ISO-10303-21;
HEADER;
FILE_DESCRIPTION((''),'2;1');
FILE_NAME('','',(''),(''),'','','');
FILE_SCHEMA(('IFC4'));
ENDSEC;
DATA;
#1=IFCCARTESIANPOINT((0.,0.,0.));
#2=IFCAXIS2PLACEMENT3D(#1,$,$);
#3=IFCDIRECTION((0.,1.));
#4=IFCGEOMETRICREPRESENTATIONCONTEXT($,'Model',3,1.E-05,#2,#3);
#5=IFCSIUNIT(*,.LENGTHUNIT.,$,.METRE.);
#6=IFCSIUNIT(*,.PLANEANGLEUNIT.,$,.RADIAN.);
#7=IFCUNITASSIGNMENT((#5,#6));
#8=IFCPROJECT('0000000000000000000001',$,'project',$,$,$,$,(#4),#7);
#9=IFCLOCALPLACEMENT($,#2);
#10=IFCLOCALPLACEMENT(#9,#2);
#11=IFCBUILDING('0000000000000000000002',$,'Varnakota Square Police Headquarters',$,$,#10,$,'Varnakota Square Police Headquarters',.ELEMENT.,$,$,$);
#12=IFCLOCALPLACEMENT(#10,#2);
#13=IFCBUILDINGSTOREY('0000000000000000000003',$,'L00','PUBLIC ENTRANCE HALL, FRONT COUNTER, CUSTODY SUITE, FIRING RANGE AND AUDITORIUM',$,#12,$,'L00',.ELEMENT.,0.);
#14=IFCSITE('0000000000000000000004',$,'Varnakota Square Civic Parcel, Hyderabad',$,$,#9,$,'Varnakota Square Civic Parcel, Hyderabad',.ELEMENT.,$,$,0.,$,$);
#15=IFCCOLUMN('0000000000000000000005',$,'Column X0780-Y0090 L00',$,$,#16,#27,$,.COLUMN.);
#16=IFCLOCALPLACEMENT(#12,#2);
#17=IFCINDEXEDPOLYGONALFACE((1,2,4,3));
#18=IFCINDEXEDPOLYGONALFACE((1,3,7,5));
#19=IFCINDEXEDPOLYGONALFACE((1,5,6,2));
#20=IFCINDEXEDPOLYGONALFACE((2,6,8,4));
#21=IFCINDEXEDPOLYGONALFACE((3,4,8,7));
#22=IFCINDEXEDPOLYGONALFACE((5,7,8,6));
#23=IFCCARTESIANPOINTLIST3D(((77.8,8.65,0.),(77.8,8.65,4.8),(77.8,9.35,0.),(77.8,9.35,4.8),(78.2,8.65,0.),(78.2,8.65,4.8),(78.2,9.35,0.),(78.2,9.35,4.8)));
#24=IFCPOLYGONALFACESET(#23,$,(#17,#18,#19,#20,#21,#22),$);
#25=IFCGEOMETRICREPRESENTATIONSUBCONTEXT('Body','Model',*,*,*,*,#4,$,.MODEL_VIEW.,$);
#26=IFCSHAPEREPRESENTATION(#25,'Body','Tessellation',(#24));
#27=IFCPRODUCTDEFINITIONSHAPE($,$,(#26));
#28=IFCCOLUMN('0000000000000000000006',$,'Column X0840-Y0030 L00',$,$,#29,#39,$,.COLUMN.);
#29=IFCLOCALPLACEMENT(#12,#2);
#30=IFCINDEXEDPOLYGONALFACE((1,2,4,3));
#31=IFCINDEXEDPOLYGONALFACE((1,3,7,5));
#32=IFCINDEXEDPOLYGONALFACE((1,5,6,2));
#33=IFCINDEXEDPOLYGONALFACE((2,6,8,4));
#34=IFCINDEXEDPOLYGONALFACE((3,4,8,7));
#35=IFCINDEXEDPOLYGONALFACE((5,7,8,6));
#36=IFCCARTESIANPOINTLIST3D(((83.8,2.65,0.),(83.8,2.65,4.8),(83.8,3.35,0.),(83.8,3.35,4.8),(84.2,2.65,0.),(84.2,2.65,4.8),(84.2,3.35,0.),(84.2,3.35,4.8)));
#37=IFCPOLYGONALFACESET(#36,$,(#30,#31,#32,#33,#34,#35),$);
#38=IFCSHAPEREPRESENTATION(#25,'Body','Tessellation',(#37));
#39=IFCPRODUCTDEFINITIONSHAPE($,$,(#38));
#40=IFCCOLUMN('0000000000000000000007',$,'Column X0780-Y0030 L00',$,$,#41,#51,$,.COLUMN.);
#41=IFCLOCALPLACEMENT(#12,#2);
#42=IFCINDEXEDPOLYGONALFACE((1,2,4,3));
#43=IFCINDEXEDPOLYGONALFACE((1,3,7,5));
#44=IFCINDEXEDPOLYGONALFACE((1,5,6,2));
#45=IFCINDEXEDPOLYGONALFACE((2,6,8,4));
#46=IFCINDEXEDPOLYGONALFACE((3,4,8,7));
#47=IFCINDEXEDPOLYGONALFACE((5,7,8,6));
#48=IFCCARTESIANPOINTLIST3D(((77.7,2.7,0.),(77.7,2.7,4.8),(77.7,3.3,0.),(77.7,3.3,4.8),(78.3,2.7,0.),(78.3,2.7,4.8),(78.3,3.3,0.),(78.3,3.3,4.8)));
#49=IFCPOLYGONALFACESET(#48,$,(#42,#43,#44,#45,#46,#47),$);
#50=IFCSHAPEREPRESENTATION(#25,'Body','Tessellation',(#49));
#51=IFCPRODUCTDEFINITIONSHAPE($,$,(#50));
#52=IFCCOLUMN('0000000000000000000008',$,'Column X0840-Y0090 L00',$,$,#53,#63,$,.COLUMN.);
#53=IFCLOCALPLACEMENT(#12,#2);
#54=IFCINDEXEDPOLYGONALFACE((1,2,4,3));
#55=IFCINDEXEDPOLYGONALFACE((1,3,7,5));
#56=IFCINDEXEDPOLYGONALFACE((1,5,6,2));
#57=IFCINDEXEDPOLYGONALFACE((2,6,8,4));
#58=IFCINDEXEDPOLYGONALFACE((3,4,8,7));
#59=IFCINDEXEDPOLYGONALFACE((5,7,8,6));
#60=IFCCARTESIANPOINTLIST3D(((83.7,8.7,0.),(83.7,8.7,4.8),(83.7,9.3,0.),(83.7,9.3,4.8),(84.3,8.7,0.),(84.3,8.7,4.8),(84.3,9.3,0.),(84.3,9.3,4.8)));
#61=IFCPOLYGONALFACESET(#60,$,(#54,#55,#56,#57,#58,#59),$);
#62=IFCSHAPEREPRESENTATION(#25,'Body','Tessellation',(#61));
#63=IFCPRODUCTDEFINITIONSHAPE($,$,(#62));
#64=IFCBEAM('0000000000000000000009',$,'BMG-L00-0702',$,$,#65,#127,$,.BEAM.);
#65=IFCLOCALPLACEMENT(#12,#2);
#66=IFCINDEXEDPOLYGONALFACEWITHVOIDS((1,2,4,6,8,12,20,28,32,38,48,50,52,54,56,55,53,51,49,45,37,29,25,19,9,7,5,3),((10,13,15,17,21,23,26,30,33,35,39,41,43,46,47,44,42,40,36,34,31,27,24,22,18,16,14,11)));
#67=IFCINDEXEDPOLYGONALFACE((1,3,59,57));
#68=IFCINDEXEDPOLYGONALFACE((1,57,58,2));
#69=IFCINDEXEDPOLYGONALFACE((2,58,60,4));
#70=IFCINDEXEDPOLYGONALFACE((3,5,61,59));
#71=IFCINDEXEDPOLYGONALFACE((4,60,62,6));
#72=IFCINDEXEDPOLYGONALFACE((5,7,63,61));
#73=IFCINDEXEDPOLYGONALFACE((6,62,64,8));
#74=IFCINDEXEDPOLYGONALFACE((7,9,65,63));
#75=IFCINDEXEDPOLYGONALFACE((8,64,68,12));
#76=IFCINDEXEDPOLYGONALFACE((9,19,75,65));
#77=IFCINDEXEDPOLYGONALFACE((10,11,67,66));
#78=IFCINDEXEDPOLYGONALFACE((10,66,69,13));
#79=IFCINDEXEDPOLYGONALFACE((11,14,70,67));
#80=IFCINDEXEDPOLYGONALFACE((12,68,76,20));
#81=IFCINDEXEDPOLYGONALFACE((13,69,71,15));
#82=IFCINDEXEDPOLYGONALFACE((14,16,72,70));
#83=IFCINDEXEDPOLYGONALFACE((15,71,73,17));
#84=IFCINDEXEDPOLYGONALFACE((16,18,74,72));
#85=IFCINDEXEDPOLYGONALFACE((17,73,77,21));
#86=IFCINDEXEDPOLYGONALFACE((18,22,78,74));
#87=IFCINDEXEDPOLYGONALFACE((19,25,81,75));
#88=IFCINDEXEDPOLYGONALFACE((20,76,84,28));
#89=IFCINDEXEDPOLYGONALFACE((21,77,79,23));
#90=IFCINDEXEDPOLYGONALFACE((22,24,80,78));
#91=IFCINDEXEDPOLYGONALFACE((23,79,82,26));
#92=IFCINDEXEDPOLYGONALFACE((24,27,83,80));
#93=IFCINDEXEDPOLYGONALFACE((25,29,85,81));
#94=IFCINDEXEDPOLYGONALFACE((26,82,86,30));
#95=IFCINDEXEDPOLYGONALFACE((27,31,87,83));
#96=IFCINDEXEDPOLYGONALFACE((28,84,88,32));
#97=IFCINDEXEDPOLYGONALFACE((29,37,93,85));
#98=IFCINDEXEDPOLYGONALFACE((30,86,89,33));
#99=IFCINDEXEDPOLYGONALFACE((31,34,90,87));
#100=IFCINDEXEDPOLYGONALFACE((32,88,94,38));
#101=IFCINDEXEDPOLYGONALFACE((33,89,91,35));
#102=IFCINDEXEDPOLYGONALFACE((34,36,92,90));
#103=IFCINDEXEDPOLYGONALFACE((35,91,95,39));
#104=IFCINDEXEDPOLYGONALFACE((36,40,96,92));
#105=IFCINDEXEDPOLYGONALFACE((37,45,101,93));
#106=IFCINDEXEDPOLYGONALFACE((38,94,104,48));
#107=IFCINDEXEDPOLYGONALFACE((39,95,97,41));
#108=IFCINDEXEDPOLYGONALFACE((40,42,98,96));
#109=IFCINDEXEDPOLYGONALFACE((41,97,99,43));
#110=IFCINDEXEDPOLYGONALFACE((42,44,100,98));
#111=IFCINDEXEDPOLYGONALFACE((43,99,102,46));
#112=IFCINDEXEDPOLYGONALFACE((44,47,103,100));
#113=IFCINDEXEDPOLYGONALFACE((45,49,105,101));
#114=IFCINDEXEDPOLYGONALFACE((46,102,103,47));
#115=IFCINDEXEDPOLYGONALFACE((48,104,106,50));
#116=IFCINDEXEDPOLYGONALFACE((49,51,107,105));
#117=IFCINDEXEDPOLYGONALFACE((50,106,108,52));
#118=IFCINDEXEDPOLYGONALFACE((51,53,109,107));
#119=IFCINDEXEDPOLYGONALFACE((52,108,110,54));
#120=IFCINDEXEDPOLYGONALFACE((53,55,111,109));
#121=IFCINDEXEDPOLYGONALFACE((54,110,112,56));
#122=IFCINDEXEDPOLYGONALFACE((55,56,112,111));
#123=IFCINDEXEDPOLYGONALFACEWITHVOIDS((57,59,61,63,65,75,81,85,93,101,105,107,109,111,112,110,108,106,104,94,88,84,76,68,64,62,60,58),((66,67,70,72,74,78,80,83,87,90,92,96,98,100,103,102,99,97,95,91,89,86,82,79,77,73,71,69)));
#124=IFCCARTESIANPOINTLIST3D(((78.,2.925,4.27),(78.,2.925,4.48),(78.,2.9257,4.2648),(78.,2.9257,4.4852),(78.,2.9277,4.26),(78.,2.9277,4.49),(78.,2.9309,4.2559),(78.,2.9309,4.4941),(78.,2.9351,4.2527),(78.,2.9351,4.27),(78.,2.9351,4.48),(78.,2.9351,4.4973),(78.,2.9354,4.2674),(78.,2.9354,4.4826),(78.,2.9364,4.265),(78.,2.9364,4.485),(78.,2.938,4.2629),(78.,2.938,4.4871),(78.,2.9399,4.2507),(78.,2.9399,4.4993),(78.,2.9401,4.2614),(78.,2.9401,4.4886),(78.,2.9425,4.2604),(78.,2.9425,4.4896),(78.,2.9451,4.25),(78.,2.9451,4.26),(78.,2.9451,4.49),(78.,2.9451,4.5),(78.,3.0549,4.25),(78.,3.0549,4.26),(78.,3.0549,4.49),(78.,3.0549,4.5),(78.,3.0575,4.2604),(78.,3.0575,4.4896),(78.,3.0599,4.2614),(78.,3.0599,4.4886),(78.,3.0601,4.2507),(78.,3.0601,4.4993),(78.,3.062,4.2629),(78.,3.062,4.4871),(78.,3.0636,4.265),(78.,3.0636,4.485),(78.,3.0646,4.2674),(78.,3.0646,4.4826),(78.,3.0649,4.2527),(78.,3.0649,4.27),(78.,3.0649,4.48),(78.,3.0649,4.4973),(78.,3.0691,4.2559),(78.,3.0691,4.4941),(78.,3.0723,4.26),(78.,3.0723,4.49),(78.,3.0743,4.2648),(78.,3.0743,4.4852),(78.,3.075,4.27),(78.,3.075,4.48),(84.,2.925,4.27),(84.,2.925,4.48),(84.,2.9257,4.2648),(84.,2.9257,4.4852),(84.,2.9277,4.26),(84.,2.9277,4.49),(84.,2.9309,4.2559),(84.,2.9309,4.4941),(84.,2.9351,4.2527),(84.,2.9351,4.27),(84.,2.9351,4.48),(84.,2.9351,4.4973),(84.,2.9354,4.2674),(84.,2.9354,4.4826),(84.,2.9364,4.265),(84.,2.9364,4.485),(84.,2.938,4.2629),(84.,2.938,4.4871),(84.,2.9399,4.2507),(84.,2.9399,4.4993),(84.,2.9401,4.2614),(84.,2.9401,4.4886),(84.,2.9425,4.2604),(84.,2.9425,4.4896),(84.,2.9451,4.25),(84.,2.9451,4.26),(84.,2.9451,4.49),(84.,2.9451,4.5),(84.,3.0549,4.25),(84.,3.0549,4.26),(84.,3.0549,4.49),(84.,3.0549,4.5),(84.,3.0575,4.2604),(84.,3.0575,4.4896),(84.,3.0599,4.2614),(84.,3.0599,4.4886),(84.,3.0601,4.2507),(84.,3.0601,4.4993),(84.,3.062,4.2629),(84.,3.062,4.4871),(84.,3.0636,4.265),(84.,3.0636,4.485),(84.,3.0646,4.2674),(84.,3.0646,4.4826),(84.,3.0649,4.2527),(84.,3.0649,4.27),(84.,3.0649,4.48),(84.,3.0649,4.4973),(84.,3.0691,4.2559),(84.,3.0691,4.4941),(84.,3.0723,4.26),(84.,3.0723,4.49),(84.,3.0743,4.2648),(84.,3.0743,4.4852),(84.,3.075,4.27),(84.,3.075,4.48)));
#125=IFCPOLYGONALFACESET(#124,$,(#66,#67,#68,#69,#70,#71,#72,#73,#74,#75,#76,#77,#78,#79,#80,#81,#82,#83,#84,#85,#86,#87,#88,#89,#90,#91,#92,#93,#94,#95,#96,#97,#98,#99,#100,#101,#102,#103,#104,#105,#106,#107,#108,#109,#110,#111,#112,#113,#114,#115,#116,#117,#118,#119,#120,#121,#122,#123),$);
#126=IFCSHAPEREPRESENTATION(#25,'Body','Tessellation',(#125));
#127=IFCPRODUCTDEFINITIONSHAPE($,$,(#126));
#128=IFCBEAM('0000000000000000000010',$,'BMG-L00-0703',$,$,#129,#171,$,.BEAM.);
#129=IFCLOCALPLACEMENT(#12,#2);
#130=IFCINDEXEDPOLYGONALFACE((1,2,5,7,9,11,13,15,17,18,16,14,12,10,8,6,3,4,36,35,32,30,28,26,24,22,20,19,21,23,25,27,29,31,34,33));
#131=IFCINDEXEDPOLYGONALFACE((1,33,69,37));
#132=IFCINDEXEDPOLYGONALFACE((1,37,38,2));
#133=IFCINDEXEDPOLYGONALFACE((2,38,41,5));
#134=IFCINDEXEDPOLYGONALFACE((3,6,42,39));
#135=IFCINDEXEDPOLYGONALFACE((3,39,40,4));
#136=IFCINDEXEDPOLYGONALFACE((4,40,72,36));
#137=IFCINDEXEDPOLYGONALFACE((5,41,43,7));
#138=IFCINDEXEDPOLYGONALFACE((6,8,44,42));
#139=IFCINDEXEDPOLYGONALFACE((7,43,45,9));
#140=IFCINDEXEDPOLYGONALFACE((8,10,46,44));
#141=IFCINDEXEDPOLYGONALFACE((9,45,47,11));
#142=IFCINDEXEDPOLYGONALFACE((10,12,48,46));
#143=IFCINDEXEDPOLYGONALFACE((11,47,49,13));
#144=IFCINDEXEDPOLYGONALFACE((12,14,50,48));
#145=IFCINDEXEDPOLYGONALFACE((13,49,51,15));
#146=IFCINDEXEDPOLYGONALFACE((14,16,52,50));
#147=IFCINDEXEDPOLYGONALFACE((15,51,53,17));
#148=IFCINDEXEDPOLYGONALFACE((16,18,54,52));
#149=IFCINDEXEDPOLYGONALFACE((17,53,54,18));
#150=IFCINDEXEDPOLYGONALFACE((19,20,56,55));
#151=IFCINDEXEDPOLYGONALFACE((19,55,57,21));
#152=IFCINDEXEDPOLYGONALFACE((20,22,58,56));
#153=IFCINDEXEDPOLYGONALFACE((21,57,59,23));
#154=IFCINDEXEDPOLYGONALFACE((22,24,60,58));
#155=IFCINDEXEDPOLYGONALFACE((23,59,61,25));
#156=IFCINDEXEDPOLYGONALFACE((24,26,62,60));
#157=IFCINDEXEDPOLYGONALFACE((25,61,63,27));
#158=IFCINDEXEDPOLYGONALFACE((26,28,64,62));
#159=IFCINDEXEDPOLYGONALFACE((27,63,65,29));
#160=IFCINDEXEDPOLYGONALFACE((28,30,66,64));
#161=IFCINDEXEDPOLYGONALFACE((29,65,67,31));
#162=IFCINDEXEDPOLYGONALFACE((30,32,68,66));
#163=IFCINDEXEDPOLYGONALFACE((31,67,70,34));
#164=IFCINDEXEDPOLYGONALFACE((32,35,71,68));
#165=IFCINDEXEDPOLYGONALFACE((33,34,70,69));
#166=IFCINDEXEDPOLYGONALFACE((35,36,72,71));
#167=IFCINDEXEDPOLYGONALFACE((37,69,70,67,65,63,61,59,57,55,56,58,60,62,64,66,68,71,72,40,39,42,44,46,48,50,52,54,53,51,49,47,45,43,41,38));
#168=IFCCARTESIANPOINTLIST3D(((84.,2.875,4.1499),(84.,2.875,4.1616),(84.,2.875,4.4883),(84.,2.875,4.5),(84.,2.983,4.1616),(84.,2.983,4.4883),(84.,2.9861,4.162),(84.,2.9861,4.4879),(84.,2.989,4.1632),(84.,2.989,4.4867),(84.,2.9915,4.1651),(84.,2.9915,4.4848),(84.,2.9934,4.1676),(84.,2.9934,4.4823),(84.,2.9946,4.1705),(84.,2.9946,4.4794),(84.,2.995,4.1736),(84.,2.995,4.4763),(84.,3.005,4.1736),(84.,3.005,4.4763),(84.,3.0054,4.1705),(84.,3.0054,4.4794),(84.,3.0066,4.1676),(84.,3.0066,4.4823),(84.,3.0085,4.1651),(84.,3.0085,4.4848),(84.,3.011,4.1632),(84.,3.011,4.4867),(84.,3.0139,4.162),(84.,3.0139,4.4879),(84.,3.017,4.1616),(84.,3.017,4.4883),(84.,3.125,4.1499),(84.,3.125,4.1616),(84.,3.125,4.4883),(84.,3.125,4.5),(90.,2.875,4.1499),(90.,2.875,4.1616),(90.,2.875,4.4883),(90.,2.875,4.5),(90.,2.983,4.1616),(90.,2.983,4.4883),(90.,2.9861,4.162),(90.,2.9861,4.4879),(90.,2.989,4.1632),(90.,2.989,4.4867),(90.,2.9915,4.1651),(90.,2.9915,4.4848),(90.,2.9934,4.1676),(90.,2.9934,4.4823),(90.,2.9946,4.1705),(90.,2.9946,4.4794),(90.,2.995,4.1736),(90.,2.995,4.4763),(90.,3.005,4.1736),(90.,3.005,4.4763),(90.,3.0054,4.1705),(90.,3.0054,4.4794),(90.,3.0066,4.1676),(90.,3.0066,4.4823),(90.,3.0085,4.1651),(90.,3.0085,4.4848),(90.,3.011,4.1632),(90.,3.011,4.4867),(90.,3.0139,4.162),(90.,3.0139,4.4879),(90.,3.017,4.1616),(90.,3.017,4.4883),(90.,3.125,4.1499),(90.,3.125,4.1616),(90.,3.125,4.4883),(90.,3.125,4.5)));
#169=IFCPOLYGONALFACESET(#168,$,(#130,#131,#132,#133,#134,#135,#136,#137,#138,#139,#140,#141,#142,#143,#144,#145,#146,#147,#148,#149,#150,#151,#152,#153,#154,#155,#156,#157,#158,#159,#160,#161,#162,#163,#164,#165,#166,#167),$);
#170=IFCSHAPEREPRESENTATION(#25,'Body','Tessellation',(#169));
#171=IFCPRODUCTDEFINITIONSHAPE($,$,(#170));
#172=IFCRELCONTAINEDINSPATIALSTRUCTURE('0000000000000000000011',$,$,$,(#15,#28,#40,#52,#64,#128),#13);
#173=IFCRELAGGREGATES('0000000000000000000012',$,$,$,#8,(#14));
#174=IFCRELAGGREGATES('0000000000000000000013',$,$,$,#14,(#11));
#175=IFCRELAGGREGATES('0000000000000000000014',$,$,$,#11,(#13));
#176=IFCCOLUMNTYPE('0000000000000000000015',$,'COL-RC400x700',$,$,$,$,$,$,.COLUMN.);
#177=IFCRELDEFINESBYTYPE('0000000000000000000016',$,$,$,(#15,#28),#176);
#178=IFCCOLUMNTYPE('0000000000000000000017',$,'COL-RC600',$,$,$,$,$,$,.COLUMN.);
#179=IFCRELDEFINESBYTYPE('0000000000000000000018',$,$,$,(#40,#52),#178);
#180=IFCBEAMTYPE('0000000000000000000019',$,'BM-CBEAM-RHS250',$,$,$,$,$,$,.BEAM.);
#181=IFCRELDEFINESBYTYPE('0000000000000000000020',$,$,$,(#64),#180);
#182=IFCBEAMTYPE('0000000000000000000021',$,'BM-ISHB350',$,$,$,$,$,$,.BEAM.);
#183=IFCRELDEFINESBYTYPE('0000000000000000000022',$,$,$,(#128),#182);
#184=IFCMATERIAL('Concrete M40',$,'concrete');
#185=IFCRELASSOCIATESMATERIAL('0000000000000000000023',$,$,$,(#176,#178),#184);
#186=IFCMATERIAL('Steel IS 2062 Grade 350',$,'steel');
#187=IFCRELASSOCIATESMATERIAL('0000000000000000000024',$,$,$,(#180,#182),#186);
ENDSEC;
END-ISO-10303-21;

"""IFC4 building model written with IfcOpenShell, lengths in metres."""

from ifc_helpers import new_model, si_unit, direction, frame, origin, origin_2d, place, context, subcontext, project, spatial, rectangle, hollow_rectangle, i_section, extrude, material, material_profile, profile_set, type_object, element, save


model = new_model("IFC4")

# Units and contexts
model_context = context("Model", 3, precision=1e-05, world=origin(), true_north=direction((0.0, 1.0)))
body_context = subcontext(model_context, "Body", "Model", "MODEL_VIEW")
ifc_project = project(units=[si_unit("LENGTHUNIT", "METRE"), si_unit("PLANEANGLEUNIT", "RADIAN")], contexts=[model_context])

# Site, building, storey
site_placement = place(None, origin())
site = spatial("IfcSite", under=ifc_project, at=site_placement, Name="Varnakota Square Civic Parcel, Hyderabad", LongName="Varnakota Square Civic Parcel, Hyderabad", CompositionType="ELEMENT", RefElevation=0.0)
building_placement = place(site_placement, origin())
building = spatial("IfcBuilding", under=site, at=building_placement, Name="Varnakota Square Police Headquarters", LongName="Varnakota Square Police Headquarters", CompositionType="ELEMENT")
storey_placement = place(building_placement, origin())
storey = spatial("IfcBuildingStorey", under=building, at=storey_placement, Name="L00", Description="PUBLIC ENTRANCE HALL, FRONT COUNTER, CUSTODY SUITE, FIRING RANGE AND AUDITORIUM", LongName="L00", CompositionType="ELEMENT", Elevation=0.0)

# Columns
ifc_material_1 = material(Name="Concrete M40", Category="concrete")
ifc_material_profile_1 = material_profile(ifc_material_1, rectangle(XDim=0.3999, YDim=0.7, at=origin_2d()), Name="RC 400x700")
ifc_profile_set_1 = profile_set([ifc_material_profile_1], Name="Concrete M40")
column_type_1 = type_object("IfcColumnType", Name="COL-RC400x700", PredefinedType="COLUMN", material=ifc_profile_set_1)
for number, where, z_axis, x_axis, name in (
    (1, (78.0, 9.0, 0.0), (0.0, 0.0, 1.0), (1.0, 0.0, 0.0), "Column X0780-Y0090 L00"),
    (2, (84.0, 3.0, 0.0), (0.0, 0.0, 1.0), (1.0, 0.0, 0.0), "Column X0840-Y0030 L00"),
):
    element("IfcColumn", number, at=place(storey_placement, frame(where, z_axis=z_axis, x_axis=x_axis)), inside=storey, type_object=column_type_1, Name=name, PredefinedType="COLUMN", context=body_context, shape_type="SweptSolid", body=[
        extrude(rectangle(XDim=0.3999, YDim=0.7, at=origin_2d()), origin(), (0.0, 0.0, 1.0), 4.8),
    ])
ifc_material_profile_2 = material_profile(ifc_material_1, rectangle(XDim=0.6001, YDim=0.6001, at=origin_2d()), Name="RC 600x600")
ifc_profile_set_2 = profile_set([ifc_material_profile_2], Name="Concrete M40")
column_type_2 = type_object("IfcColumnType", Name="COL-RC600", PredefinedType="COLUMN", material=ifc_profile_set_2)
for number, where, z_axis, x_axis, name in (
    (3, (78.0, 3.0, 0.0), (0.0, 0.0, 1.0), (1.0, 0.0, 0.0), "Column X0780-Y0030 L00"),
    (4, (84.0, 9.0, 0.0), (0.0, 0.0, 1.0), (1.0, 0.0, 0.0), "Column X0840-Y0090 L00"),
):
    element("IfcColumn", number, at=place(storey_placement, frame(where, z_axis=z_axis, x_axis=x_axis)), inside=storey, type_object=column_type_2, Name=name, PredefinedType="COLUMN", context=body_context, shape_type="SweptSolid", body=[
        extrude(rectangle(XDim=0.6001, YDim=0.6001, at=origin_2d()), origin(), (0.0, 0.0, 1.0), 4.8),
    ])

# Beams
ifc_material_2 = material(Name="Steel IS 2062 Grade 350", Category="steel")
ifc_material_profile_3 = material_profile(ifc_material_2, hollow_rectangle(XDim=0.1499, YDim=0.25, WallThickness=0.01, InnerFilletRadius=0.01, OuterFilletRadius=0.02, at=origin_2d()), Name="RHS 250x150x10")
ifc_profile_set_3 = profile_set([ifc_material_profile_3], Name="Steel IS 2062 Grade 350")
beam_type_1 = type_object("IfcBeamType", Name="BM-CBEAM-RHS250", PredefinedType="BEAM", material=ifc_profile_set_3)
beam_1_placement = place(storey_placement, frame((78.0, 3.0, 4.375), z_axis=(1.0, 0.0, 0.0), x_axis=(0.0, 1.0, 0.0)))
element("IfcBeam", 5, at=beam_1_placement, inside=storey, type_object=beam_type_1, Name="BMG-L00-0702", PredefinedType="BEAM", context=body_context, shape_type="SweptSolid", body=[
    extrude(hollow_rectangle(XDim=0.1499, YDim=0.25, WallThickness=0.01, InnerFilletRadius=0.01, OuterFilletRadius=0.02, at=origin_2d()), origin(), (0.0, 0.0, 1.0), 6.0),
])
ifc_material_profile_4 = material_profile(ifc_material_2, i_section(OverallWidth=0.25, OverallDepth=0.3501, WebThickness=0.01, FlangeThickness=0.0117, FilletRadius=0.012, at=origin_2d()), Name="ISHB 350")
ifc_profile_set_4 = profile_set([ifc_material_profile_4], Name="Steel IS 2062 Grade 350")
beam_type_2 = type_object("IfcBeamType", Name="BM-ISHB350", PredefinedType="BEAM", material=ifc_profile_set_4)
beam_2_placement = place(storey_placement, frame((84.0, 3.0, 4.325), z_axis=(1.0, 0.0, 0.0), x_axis=(0.0, 1.0, 0.0)))
element("IfcBeam", 6, at=beam_2_placement, inside=storey, type_object=beam_type_2, Name="BMG-L00-0703", PredefinedType="BEAM", context=body_context, shape_type="SweptSolid", body=[
    extrude(i_section(OverallWidth=0.25, OverallDepth=0.3501, WebThickness=0.01, FlangeThickness=0.0117, FilletRadius=0.012, at=origin_2d()), origin(), (0.0, 0.0, 1.0), 6.0),
])

save(model, "model.ifc")
